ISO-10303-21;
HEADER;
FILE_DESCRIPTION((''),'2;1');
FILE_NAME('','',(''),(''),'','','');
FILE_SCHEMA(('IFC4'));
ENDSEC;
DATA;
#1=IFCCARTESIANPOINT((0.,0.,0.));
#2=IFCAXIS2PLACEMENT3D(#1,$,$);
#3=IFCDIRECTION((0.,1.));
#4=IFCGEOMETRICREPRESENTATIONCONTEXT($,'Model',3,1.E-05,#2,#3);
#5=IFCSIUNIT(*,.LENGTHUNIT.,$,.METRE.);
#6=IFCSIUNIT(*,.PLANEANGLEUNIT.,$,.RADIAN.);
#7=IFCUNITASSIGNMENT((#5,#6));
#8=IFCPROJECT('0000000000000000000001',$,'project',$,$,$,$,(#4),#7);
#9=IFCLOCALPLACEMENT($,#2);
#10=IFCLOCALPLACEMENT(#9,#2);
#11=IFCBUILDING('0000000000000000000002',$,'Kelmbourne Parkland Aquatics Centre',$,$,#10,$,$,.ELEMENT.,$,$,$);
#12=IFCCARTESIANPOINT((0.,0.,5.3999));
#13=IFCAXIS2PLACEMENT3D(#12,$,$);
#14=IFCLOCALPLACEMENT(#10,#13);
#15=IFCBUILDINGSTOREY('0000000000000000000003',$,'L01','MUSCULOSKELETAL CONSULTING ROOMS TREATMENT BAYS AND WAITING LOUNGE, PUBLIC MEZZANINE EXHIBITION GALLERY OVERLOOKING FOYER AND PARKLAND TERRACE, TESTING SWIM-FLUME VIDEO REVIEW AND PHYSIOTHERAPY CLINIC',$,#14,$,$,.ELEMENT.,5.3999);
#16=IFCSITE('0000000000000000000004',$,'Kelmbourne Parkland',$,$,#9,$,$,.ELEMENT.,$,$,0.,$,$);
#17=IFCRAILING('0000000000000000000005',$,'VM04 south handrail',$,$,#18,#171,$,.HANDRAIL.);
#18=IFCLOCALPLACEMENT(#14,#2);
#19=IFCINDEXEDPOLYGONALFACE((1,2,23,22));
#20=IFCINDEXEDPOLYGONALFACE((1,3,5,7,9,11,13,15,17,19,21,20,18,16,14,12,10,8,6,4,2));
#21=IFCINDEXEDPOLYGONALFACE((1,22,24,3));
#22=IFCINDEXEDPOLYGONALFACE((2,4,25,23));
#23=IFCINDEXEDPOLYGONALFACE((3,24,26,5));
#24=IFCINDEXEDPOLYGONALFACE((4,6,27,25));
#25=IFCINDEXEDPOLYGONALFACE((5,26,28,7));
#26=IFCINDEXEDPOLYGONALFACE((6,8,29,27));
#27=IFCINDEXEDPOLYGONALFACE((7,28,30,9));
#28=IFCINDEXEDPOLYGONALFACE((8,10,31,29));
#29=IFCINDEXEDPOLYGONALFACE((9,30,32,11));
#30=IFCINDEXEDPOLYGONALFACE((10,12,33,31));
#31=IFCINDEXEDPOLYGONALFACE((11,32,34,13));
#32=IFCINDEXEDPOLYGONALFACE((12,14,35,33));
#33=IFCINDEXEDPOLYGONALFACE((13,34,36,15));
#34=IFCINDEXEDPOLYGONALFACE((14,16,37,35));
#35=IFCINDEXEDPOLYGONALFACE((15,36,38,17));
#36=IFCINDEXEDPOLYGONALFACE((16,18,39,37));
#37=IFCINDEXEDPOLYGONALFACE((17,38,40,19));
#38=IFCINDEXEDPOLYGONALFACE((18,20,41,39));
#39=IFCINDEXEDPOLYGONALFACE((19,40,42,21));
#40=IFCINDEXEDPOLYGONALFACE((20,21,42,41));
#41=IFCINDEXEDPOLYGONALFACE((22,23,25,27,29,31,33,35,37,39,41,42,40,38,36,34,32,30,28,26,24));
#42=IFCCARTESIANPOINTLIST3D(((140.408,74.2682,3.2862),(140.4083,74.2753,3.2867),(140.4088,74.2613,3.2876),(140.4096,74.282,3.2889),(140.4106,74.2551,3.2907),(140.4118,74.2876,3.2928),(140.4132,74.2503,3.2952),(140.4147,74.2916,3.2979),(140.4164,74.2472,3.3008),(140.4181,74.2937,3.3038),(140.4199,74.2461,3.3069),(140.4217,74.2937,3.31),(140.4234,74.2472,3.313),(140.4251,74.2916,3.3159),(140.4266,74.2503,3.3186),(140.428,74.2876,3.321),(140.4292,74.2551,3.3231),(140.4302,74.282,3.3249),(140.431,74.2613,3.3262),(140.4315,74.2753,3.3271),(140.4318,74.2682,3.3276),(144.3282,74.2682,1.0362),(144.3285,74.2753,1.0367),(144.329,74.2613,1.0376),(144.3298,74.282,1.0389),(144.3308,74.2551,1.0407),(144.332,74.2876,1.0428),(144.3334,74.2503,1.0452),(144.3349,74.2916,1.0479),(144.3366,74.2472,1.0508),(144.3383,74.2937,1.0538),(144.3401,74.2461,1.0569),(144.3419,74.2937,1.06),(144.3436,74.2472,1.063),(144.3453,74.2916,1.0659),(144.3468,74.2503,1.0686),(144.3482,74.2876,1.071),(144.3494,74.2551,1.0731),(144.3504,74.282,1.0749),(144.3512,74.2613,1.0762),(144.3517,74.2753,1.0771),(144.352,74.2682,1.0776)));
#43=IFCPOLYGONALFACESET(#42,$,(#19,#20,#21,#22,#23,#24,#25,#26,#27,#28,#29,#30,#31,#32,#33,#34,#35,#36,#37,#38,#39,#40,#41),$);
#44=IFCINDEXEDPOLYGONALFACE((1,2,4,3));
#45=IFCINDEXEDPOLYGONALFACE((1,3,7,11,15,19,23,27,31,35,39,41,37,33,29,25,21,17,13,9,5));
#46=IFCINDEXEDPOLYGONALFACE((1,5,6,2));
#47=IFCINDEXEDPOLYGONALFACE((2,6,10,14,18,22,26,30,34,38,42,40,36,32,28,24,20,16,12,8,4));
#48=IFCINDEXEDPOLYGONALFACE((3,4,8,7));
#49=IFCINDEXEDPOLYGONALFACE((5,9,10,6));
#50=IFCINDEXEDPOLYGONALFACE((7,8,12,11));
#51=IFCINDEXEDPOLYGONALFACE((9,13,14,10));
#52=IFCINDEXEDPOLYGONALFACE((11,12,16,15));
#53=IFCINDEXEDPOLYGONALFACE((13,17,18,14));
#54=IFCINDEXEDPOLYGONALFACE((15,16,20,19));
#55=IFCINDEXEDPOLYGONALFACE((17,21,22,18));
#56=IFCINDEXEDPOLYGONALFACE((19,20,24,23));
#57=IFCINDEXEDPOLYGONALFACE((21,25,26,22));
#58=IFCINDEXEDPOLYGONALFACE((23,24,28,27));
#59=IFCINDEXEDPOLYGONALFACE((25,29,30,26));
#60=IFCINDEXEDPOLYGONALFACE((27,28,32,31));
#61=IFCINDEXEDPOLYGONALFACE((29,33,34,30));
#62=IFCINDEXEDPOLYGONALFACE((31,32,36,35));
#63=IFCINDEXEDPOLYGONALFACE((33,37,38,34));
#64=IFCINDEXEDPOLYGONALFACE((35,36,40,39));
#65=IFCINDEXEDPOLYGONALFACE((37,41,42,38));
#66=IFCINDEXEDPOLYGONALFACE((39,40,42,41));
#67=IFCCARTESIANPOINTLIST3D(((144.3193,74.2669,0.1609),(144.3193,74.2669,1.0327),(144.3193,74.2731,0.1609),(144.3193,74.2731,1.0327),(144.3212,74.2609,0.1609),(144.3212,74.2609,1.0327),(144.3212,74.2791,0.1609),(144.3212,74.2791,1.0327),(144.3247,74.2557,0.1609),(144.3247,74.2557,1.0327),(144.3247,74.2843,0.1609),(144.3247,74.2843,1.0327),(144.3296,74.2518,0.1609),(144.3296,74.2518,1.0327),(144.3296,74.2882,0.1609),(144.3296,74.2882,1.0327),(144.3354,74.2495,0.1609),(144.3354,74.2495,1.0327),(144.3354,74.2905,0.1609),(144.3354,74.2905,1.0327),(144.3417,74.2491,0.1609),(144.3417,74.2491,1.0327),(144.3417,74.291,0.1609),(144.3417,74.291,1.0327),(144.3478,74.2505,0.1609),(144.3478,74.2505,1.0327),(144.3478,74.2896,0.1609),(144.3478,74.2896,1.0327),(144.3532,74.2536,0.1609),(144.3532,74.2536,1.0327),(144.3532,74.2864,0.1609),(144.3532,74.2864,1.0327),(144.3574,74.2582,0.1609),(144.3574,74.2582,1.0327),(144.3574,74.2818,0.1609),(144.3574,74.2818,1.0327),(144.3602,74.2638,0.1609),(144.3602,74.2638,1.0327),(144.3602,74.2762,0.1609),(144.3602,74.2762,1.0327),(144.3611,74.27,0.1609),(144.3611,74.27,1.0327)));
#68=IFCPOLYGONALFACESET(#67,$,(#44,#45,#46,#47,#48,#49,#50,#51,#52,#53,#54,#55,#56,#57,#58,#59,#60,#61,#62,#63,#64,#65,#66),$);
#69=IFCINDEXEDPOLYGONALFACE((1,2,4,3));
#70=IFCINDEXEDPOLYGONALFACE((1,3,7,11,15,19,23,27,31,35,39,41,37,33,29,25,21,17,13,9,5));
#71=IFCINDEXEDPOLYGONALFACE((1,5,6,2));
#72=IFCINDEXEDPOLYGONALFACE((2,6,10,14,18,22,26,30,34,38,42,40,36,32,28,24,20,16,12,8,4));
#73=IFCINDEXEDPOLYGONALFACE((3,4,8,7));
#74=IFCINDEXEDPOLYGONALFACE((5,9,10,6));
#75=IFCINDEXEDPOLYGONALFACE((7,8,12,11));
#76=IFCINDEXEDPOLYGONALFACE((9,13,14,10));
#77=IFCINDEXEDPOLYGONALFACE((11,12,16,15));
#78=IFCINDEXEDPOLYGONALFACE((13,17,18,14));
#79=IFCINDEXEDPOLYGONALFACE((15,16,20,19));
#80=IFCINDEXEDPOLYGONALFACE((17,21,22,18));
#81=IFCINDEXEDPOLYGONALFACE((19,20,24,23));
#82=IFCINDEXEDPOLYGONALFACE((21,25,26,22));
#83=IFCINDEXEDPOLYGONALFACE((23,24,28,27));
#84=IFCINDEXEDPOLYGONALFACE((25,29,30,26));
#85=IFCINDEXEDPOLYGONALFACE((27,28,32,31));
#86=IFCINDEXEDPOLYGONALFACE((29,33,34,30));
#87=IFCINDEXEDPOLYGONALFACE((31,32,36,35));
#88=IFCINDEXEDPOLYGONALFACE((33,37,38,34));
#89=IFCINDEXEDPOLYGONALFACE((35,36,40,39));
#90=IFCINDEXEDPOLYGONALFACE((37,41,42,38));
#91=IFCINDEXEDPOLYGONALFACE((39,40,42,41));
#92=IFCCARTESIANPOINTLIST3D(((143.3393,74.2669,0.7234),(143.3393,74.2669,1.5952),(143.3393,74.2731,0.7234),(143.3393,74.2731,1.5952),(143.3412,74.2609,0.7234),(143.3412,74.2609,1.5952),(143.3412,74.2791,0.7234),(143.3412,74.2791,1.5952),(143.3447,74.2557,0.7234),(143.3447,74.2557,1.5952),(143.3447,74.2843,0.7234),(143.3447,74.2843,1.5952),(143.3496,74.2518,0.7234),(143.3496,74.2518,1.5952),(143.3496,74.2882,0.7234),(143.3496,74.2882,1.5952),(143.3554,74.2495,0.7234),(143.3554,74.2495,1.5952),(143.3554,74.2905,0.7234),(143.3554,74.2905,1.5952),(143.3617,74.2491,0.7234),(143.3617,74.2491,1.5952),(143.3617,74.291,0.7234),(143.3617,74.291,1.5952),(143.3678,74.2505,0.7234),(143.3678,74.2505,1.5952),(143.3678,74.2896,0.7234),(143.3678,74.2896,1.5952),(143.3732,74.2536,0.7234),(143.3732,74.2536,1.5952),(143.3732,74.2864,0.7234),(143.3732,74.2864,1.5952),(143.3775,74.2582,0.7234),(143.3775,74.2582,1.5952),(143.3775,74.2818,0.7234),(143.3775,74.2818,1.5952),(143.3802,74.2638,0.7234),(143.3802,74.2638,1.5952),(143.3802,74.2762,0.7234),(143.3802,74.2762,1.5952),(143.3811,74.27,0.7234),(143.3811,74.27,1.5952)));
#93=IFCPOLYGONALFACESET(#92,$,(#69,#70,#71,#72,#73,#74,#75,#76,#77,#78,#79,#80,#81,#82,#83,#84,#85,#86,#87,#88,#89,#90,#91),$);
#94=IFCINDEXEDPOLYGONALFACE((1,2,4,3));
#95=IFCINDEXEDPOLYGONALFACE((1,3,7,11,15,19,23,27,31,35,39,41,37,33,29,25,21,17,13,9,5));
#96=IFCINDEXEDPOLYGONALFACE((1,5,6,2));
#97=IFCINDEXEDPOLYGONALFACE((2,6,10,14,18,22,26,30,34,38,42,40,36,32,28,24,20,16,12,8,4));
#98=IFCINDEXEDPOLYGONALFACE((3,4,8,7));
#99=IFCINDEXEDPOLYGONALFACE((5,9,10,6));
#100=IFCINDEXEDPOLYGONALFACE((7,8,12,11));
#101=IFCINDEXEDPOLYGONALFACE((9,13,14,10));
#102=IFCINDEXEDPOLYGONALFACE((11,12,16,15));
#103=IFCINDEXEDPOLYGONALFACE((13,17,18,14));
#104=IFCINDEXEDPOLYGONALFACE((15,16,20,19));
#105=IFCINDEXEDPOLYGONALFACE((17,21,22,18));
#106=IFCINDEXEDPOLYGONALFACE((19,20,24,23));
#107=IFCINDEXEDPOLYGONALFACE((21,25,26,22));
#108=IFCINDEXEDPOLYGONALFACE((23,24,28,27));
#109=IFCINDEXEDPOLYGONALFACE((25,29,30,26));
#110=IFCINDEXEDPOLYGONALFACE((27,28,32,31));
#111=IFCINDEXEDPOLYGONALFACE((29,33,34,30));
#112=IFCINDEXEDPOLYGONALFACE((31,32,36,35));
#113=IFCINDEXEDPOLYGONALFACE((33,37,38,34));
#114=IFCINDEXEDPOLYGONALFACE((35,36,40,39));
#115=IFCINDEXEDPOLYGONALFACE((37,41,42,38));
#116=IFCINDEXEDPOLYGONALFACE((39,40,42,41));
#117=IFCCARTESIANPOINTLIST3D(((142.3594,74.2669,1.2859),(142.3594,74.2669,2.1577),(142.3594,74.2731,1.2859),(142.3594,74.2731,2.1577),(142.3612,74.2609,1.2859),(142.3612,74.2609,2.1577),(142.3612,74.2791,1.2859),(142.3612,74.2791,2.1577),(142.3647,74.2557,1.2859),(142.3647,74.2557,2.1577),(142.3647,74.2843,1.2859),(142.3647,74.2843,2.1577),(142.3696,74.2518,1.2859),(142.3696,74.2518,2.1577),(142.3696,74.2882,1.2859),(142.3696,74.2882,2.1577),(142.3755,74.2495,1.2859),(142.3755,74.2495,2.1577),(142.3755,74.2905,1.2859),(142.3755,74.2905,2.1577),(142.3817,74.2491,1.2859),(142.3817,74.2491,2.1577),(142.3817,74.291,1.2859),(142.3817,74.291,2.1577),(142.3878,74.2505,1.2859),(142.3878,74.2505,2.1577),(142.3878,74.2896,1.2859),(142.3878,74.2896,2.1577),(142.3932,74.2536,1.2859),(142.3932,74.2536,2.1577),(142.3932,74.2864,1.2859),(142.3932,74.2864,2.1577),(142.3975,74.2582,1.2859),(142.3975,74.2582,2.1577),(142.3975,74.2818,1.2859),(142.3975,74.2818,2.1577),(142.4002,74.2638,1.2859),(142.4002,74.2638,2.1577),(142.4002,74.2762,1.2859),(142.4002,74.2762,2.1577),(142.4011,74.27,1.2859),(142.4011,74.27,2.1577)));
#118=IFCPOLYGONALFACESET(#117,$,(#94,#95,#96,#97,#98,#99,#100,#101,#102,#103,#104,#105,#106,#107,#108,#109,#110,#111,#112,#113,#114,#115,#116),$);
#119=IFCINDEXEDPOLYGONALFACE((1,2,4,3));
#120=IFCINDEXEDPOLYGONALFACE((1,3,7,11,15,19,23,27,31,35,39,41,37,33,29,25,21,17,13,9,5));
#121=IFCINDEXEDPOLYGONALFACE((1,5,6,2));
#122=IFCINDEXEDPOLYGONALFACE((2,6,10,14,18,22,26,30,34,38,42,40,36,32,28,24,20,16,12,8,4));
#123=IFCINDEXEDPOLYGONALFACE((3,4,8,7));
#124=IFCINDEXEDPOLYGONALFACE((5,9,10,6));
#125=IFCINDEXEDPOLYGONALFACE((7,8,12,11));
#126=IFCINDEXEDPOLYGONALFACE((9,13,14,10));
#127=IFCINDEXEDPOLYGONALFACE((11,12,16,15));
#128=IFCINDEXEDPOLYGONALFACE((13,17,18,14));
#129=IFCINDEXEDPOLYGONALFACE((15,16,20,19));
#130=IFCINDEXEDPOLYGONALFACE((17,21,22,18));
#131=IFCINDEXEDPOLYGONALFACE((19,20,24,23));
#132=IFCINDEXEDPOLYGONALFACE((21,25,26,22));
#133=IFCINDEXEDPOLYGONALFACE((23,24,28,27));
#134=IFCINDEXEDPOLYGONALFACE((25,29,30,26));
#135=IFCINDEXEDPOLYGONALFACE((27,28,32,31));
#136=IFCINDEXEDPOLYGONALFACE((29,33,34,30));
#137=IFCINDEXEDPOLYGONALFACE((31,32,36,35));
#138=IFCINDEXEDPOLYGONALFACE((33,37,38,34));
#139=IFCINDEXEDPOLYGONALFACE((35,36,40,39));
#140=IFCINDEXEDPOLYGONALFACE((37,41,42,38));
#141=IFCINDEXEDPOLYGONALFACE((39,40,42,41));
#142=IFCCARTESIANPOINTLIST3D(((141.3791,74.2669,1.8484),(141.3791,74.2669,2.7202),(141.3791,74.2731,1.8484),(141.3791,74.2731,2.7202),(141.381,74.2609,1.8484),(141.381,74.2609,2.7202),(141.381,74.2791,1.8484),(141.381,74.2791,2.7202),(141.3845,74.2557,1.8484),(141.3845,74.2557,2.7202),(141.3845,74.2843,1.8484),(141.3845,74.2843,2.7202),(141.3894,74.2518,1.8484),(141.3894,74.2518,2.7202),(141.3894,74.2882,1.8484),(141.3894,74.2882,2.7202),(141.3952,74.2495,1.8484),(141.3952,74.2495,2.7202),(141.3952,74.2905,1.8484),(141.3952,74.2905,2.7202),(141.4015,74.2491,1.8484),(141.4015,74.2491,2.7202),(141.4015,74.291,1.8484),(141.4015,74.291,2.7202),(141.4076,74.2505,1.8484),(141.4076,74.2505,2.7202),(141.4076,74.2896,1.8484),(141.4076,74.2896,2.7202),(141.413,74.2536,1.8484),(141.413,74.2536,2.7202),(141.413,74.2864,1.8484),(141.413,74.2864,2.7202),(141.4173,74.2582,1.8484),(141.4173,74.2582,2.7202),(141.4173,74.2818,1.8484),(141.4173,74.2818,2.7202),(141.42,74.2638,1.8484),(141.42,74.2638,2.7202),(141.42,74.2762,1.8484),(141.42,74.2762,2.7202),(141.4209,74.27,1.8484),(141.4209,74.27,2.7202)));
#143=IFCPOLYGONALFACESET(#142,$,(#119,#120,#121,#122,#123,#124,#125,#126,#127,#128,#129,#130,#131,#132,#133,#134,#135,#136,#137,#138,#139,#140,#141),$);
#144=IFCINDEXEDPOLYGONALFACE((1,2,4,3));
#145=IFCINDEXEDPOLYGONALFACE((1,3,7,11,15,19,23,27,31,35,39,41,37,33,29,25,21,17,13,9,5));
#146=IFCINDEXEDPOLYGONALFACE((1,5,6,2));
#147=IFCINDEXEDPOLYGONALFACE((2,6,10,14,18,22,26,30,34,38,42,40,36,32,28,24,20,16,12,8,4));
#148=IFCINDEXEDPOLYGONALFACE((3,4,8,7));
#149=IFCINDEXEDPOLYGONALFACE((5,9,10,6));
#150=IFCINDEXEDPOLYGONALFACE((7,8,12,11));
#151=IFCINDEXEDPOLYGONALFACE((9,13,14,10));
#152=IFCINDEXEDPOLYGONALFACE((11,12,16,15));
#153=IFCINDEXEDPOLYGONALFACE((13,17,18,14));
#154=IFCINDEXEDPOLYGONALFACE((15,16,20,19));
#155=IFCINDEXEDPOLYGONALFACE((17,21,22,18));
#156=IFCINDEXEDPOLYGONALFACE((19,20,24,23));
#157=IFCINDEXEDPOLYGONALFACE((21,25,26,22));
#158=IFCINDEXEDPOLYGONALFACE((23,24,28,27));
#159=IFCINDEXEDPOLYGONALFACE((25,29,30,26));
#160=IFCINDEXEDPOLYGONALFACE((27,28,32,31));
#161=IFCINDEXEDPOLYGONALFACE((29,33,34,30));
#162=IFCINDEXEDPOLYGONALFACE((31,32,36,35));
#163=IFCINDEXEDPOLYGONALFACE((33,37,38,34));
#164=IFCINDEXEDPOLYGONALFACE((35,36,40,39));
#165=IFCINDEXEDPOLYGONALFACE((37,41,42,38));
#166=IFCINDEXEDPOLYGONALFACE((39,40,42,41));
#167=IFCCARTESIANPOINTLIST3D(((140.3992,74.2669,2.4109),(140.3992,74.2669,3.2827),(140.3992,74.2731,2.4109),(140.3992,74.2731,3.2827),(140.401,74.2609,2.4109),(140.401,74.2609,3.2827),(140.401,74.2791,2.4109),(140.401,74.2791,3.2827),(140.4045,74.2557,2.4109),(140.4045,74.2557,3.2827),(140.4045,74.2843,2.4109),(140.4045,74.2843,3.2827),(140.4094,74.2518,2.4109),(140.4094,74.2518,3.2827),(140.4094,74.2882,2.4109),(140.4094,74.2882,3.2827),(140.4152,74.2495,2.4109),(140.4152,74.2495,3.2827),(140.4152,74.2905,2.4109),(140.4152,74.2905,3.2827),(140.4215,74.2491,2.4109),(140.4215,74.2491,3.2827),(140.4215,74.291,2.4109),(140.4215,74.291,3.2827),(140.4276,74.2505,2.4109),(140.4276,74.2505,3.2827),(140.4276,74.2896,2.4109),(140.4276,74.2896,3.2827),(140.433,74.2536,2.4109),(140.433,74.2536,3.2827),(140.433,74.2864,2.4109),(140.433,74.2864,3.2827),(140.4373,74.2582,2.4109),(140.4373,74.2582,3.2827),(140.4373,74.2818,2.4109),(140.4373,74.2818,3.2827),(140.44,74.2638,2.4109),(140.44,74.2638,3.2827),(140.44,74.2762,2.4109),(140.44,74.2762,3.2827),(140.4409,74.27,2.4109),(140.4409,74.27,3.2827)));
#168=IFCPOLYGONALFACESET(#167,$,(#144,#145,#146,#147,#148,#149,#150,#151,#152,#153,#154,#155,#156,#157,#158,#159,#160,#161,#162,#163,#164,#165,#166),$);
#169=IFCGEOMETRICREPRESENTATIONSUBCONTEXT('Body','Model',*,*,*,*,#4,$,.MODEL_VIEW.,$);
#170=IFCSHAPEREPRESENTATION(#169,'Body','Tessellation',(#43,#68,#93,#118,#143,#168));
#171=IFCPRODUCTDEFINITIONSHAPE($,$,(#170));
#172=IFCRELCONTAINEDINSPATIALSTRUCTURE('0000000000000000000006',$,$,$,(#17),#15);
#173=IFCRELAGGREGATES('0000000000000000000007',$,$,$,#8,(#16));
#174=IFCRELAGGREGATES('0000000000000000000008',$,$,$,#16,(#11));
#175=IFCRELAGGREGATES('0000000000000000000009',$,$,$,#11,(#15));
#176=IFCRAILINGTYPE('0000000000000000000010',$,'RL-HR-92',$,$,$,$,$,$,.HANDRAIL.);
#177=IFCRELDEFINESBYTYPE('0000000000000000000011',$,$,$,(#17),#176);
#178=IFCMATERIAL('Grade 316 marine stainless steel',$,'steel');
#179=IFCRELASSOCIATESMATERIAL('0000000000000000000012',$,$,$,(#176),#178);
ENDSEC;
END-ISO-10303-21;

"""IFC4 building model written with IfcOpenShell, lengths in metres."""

from ifc_helpers import new_model, si_unit, direction, frame, origin, origin_2d, place, context, subcontext, project, spatial, circle, extrude, material, type_object, element, save


model = new_model("IFC4")

# Units and contexts
model_context = context("Model", 3, precision=1e-05, world=origin(), true_north=direction((0.0, 1.0)))
body_context = subcontext(model_context, "Body", "Model", "MODEL_VIEW")
ifc_project = project(units=[si_unit("LENGTHUNIT", "METRE"), si_unit("PLANEANGLEUNIT", "RADIAN")], contexts=[model_context])

# Site, building, storey
site_placement = place(None, origin())
site = spatial("IfcSite", under=ifc_project, at=site_placement, Name="Kelmbourne Parkland", CompositionType="ELEMENT", RefElevation=0.0)
building_placement = place(site_placement, origin())
building = spatial("IfcBuilding", under=site, at=building_placement, Name="Kelmbourne Parkland Aquatics Centre", CompositionType="ELEMENT")
storey_placement = place(building_placement, frame((0.0, 0.0, 5.3999)))
storey = spatial("IfcBuildingStorey", under=building, at=storey_placement, Name="L01", Description="MUSCULOSKELETAL CONSULTING ROOMS TREATMENT BAYS AND WAITING LOUNGE, PUBLIC MEZZANINE EXHIBITION GALLERY OVERLOOKING FOYER AND PARKLAND TERRACE, TESTING SWIM-FLUME VIDEO REVIEW AND PHYSIOTHERAPY CLINIC", CompositionType="ELEMENT", Elevation=5.3999)

# Railing
ifc_material_1 = material(Name="Grade 316 marine stainless steel", Category="steel")
railing_type_1 = type_object("IfcRailingType", Name="RL-HR-92", PredefinedType="HANDRAIL", material=ifc_material_1)
for number, where, name in (
    (1, (144.3401, 74.27, 0.1609), "VM04 south handrail"),
):
    element("IfcRailing", number, at=place(storey_placement, frame(where)), inside=storey, type_object=railing_type_1, Name=name, PredefinedType="HANDRAIL", context=body_context, shape_type="SweptSolid", body=[
        extrude(circle(Radius=0.0239, at=origin_2d()), frame((0.0, 0.0, 0.896), z_axis=(-0.867298, 0.0, 0.49779), x_axis=(0.0, -1.0, 0.0)), (0.0, 0.0, 1.0), 4.52),
        extrude(circle(Radius=0.021, at=origin_2d()), origin(), (0.0, 0.0, 1.0), 0.8718),
        extrude(circle(Radius=0.021, at=origin_2d()), frame((-0.98, 0.0, 0.5625)), (0.0, 0.0, 1.0), 0.8718),
        extrude(circle(Radius=0.021, at=origin_2d()), frame((-1.96, 0.0, 1.125)), (0.0, 0.0, 1.0), 0.8718),
        extrude(circle(Radius=0.021, at=origin_2d()), frame((-2.9402, 0.0, 1.6875)), (0.0, 0.0, 1.0), 0.8718),
        extrude(circle(Radius=0.021, at=origin_2d()), frame((-3.9202, 0.0, 2.25)), (0.0, 0.0, 1.0), 0.8718),
    ])

save(model, "model.ifc")
